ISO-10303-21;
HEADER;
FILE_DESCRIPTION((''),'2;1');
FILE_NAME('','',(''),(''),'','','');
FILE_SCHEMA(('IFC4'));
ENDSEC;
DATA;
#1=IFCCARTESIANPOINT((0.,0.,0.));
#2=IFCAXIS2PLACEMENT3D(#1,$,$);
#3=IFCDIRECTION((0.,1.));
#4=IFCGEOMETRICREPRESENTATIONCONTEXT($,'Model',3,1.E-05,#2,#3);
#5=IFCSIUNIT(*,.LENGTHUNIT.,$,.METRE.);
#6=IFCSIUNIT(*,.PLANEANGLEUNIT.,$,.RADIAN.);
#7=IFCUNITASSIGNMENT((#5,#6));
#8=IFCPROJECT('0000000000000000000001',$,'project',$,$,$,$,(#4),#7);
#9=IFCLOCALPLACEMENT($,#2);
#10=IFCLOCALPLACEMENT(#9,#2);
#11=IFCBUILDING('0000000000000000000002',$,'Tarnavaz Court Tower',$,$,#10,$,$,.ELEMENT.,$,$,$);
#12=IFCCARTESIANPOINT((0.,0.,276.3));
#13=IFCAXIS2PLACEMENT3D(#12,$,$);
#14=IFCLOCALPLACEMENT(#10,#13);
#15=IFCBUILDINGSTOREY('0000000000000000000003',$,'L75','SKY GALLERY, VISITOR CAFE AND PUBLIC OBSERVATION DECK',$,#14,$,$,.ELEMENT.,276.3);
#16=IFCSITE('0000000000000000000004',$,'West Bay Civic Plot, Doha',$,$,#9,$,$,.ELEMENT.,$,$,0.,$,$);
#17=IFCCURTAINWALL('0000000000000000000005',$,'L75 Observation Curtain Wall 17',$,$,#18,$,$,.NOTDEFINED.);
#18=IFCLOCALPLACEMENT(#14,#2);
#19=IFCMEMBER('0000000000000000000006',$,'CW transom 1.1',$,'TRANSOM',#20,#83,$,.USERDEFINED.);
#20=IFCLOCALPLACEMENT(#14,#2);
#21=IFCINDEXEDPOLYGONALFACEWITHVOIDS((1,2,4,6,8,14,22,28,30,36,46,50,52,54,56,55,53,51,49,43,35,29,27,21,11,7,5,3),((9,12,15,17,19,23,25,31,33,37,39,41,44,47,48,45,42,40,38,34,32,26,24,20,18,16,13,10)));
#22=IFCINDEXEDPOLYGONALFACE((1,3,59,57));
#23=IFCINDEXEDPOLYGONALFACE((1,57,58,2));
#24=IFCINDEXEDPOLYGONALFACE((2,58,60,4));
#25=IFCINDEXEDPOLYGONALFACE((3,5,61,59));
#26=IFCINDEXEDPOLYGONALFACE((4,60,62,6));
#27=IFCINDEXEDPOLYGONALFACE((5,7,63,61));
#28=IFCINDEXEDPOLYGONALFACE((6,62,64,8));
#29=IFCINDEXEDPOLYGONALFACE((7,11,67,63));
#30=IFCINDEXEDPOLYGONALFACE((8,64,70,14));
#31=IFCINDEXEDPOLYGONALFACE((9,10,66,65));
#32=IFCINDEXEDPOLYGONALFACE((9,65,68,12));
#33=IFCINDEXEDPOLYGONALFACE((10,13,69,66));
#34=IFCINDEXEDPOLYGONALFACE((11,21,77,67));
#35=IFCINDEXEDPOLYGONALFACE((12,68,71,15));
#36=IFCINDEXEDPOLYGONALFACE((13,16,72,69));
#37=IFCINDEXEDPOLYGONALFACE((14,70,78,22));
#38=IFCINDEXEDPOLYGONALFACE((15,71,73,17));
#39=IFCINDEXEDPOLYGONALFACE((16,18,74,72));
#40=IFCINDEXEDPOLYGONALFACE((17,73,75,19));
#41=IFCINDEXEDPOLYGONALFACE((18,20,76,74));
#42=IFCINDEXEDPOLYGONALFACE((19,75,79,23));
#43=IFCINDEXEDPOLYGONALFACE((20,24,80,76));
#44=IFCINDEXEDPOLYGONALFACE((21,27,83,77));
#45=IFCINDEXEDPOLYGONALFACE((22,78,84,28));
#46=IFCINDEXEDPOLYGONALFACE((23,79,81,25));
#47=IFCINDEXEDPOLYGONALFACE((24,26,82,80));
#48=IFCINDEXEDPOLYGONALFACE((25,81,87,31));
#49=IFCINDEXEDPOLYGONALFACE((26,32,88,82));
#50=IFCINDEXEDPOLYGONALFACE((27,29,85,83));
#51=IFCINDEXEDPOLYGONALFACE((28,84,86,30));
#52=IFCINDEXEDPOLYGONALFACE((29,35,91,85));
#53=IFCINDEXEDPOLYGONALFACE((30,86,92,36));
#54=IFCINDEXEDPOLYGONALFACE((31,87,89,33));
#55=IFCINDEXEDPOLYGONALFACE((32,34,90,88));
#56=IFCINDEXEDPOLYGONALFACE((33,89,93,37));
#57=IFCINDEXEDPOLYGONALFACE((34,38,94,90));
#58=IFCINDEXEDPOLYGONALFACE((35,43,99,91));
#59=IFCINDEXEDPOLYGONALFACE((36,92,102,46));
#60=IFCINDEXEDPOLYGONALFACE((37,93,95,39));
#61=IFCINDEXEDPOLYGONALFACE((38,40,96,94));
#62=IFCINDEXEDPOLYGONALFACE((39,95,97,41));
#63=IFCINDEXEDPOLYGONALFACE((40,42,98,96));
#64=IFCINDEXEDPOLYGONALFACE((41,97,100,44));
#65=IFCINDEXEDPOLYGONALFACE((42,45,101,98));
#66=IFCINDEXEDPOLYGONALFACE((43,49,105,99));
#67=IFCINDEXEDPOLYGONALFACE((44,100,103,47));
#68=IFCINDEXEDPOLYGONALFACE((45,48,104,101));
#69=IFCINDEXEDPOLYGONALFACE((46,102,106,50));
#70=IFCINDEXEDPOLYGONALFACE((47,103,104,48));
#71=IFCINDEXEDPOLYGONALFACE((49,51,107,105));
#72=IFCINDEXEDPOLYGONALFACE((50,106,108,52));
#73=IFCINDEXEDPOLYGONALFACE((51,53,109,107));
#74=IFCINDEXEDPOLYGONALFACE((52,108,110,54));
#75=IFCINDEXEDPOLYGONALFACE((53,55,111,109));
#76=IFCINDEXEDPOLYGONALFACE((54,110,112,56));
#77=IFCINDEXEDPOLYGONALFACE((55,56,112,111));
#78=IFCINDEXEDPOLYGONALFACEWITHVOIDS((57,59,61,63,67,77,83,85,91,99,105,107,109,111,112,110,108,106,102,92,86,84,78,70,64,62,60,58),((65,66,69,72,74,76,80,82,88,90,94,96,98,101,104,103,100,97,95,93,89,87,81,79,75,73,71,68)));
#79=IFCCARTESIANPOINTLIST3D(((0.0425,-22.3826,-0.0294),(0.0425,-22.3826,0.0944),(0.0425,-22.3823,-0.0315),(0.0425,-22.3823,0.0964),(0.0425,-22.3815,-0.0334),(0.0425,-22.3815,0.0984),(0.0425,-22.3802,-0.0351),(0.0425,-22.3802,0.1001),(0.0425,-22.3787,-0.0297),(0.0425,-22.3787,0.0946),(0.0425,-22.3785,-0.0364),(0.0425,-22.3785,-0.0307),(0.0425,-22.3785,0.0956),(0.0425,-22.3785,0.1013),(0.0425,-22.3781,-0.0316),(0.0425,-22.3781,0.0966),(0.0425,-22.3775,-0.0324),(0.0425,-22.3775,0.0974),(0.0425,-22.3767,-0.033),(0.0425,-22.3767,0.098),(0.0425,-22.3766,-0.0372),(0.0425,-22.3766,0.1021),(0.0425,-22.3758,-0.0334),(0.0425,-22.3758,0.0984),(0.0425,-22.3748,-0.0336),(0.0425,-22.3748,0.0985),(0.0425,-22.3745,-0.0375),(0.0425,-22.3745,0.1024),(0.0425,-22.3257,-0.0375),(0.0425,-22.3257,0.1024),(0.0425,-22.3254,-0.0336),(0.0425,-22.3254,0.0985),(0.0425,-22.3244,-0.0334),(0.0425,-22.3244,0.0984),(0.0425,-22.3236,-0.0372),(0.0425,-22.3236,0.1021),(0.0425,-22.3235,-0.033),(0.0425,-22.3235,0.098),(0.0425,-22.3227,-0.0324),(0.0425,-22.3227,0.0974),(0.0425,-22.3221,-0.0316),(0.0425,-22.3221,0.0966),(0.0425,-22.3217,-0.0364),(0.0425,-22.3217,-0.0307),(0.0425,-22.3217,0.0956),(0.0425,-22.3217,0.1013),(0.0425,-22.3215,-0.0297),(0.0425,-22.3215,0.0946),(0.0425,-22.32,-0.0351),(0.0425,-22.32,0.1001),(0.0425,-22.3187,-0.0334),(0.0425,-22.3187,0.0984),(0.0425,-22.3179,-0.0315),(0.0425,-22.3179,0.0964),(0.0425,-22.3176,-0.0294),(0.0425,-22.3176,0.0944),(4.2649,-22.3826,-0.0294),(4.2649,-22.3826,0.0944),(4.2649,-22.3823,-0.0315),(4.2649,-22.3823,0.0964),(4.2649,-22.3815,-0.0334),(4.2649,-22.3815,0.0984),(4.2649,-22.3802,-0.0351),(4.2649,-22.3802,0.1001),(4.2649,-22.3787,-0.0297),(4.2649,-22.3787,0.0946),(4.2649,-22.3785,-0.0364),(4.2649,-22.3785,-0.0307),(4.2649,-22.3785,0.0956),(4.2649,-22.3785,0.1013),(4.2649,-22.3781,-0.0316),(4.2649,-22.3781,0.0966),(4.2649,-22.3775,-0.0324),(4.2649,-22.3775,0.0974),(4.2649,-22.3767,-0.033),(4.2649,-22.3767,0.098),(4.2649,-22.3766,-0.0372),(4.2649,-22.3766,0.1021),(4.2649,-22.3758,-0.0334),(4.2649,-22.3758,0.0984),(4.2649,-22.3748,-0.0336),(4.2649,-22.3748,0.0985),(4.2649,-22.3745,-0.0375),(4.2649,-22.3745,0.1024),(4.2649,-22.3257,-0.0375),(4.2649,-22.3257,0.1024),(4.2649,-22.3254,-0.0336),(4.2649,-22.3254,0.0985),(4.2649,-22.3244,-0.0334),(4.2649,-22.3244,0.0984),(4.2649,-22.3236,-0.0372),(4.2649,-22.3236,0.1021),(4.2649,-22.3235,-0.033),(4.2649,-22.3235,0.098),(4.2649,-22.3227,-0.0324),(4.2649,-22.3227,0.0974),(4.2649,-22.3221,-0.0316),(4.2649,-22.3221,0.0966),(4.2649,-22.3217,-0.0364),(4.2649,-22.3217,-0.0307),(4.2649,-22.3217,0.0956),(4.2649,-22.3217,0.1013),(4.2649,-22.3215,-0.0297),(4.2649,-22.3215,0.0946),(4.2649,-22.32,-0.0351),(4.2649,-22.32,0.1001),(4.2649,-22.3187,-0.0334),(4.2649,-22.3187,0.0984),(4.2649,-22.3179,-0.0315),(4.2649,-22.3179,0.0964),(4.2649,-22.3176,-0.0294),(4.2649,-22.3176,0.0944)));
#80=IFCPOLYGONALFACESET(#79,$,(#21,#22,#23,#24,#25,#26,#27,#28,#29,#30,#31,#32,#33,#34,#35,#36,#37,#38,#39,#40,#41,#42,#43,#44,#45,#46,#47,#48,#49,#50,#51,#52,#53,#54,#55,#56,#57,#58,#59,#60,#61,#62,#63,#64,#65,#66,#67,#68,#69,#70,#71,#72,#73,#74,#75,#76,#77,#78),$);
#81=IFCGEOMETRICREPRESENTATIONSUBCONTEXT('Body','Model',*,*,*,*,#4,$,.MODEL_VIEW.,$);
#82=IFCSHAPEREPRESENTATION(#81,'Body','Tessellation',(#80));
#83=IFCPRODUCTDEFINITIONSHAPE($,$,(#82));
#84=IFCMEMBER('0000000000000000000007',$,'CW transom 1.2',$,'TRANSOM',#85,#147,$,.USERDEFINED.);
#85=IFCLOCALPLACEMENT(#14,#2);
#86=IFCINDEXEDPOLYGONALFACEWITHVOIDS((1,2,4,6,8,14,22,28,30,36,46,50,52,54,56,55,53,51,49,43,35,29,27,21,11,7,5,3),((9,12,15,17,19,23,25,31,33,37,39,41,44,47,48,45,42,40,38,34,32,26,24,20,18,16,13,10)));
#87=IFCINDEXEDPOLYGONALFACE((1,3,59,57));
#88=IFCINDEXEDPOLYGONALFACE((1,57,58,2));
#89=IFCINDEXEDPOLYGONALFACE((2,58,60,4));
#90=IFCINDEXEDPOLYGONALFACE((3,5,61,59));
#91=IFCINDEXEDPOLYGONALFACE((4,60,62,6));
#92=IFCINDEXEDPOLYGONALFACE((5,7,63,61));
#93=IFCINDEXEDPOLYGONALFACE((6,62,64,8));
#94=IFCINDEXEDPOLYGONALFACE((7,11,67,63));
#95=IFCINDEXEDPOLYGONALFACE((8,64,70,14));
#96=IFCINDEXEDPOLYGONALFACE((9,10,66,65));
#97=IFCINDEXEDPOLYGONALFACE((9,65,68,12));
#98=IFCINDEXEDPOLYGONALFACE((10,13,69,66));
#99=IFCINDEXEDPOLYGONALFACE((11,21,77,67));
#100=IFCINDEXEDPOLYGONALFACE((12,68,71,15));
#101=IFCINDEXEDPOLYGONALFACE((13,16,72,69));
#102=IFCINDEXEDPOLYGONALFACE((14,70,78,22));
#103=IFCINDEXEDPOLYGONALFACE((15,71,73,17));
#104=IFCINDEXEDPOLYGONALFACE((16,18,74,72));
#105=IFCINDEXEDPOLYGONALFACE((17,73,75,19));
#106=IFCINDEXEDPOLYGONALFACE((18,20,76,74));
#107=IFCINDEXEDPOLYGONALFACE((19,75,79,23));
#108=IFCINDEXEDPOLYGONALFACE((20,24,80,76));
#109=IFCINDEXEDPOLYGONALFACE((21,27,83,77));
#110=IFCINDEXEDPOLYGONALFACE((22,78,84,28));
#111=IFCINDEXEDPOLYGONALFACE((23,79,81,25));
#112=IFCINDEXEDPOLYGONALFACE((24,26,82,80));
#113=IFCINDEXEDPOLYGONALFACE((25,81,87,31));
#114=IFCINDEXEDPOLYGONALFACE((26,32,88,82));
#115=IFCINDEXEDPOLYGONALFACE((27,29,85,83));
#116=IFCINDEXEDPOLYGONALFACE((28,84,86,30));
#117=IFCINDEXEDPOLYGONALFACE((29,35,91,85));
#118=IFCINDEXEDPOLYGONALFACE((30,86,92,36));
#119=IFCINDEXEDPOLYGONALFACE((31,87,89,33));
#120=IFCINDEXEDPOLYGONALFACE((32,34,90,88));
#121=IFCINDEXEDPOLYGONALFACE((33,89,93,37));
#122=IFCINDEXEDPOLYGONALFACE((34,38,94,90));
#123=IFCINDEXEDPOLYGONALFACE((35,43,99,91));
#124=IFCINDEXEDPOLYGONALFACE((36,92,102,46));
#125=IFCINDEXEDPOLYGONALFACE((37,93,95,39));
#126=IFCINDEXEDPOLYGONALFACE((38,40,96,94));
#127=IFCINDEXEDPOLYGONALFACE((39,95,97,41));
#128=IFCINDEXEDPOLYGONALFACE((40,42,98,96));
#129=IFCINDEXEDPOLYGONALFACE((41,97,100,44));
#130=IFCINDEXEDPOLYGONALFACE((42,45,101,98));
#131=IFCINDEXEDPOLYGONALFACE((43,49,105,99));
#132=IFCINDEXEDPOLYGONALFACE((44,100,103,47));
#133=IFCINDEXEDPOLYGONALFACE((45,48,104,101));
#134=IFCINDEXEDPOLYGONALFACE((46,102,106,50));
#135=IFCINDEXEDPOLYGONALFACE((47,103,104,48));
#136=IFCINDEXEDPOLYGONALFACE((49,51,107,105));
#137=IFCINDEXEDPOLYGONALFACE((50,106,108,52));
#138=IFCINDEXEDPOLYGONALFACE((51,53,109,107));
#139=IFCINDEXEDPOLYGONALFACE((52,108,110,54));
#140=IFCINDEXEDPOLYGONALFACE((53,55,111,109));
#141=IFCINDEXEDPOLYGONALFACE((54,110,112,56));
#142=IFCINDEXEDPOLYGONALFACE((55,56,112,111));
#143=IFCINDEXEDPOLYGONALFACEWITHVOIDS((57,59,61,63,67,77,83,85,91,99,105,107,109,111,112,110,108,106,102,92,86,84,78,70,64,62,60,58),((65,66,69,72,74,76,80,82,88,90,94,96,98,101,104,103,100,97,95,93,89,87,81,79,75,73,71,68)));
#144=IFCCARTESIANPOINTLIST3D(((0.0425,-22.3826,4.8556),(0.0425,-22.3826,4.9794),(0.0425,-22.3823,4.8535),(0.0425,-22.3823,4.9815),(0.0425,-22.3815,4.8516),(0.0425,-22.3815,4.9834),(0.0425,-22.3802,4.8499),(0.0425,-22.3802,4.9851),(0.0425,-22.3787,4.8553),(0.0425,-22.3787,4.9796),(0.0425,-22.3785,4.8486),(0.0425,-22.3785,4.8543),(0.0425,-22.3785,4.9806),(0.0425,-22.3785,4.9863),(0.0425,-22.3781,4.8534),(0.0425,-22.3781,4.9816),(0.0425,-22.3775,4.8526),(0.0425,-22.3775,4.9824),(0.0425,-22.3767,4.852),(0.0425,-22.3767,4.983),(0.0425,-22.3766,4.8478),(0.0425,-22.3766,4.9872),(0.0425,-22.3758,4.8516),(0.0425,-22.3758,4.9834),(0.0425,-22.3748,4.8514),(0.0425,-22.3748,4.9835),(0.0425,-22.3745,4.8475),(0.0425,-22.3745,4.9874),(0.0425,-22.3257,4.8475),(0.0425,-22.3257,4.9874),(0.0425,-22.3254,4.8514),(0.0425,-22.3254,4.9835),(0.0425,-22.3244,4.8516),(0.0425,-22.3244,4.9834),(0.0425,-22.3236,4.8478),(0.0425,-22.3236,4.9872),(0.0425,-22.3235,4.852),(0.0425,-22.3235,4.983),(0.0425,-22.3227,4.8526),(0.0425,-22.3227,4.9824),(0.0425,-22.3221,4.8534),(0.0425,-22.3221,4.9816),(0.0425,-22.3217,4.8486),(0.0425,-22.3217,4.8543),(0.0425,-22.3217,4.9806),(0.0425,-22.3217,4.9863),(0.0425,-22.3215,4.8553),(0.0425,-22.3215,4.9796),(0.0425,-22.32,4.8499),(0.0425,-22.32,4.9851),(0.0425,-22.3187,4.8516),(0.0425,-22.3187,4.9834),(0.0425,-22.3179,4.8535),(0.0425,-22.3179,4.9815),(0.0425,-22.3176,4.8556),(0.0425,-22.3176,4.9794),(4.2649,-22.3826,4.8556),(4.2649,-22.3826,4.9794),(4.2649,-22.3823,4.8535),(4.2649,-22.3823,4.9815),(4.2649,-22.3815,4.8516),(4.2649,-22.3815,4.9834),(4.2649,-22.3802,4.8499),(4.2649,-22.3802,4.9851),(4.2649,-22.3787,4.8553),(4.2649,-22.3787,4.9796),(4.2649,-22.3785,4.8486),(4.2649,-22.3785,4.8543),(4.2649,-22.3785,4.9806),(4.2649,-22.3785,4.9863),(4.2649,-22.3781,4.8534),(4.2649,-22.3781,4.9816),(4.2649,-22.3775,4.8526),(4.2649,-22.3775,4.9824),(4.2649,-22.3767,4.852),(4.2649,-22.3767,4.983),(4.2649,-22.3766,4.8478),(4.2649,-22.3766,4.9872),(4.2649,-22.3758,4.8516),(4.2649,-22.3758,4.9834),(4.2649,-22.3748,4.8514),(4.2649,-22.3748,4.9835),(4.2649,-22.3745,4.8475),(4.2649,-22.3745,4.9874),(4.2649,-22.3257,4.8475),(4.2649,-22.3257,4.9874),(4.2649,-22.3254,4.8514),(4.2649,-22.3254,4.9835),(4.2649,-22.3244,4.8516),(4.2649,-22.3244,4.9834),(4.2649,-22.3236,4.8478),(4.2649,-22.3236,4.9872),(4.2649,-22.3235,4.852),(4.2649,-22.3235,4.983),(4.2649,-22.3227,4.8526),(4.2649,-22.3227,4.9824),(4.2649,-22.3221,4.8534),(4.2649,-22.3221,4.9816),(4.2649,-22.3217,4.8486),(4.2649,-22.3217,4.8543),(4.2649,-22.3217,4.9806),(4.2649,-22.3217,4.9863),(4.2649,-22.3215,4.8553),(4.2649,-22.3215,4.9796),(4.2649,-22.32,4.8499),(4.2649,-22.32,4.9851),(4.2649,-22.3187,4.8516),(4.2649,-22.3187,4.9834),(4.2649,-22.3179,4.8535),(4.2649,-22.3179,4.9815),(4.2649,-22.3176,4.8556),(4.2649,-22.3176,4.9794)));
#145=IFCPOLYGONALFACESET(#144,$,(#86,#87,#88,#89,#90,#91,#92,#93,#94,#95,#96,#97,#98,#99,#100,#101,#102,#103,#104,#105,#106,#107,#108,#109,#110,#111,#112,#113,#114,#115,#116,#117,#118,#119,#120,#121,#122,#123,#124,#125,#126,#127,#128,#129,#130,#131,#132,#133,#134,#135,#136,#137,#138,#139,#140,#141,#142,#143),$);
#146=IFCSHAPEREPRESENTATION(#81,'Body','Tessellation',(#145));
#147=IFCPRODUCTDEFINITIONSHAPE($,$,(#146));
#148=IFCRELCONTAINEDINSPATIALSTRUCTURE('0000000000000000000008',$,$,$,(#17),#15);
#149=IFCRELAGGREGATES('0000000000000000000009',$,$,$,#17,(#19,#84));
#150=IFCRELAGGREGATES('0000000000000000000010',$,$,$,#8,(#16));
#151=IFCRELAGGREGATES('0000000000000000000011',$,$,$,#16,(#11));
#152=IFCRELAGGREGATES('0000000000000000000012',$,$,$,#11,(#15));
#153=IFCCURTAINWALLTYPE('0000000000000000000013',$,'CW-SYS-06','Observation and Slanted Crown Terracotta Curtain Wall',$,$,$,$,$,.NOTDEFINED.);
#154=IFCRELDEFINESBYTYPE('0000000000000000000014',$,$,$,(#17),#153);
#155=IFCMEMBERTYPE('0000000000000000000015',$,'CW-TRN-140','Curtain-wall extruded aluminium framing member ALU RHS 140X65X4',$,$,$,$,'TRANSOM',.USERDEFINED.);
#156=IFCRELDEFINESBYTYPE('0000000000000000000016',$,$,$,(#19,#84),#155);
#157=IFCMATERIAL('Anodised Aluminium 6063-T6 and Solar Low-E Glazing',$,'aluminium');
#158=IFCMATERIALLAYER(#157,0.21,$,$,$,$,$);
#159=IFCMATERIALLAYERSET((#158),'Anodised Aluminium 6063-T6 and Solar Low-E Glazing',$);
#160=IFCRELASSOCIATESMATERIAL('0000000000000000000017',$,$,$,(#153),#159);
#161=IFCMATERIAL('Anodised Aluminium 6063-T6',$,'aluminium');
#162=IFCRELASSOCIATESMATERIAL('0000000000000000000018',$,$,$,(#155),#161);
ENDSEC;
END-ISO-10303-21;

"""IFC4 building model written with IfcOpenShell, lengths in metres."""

from ifc_helpers import new_model, si_unit, direction, frame, origin, origin_2d, place, context, subcontext, project, spatial, hollow_rectangle, extrude, material, layer, layer_set, material_profile, profile_set, type_object, element, aggregate, save


model = new_model("IFC4")

# Units and contexts
model_context = context("Model", 3, precision=1e-05, world=origin(), true_north=direction((0.0, 1.0)))
body_context = subcontext(model_context, "Body", "Model", "MODEL_VIEW")
ifc_project = project(units=[si_unit("LENGTHUNIT", "METRE"), si_unit("PLANEANGLEUNIT", "RADIAN")], contexts=[model_context])

# Site, building, storey
site_placement = place(None, origin())
site = spatial("IfcSite", under=ifc_project, at=site_placement, Name="West Bay Civic Plot, Doha", CompositionType="ELEMENT", RefElevation=0.0)
building_placement = place(site_placement, origin())
building = spatial("IfcBuilding", under=site, at=building_placement, Name="Tarnavaz Court Tower", CompositionType="ELEMENT")
storey_placement = place(building_placement, frame((0.0, 0.0, 276.3)))
storey = spatial("IfcBuildingStorey", under=building, at=storey_placement, Name="L75", Description="SKY GALLERY, VISITOR CAFE AND PUBLIC OBSERVATION DECK", CompositionType="ELEMENT", Elevation=276.3)

# Curtain wall, members
ifc_material_1 = material(Name="Anodised Aluminium 6063-T6 and Solar Low-E Glazing", Category="aluminium")
ifc_layer_1 = layer(ifc_material_1, 0.21)
ifc_layer_set_1 = layer_set([ifc_layer_1], Name="Anodised Aluminium 6063-T6 and Solar Low-E Glazing")
curtain_wall_type = type_object("IfcCurtainWallType", Name="CW-SYS-06", Description="Observation and Slanted Crown Terracotta Curtain Wall", PredefinedType="NOTDEFINED", material=ifc_layer_set_1)
curtain_wall_placement = place(storey_placement, origin())
curtain_wall = element("IfcCurtainWall", 1, at=curtain_wall_placement, inside=storey, type_object=curtain_wall_type, Name="L75 Observation Curtain Wall 17", PredefinedType="NOTDEFINED")
ifc_material_2 = material(Name="Anodised Aluminium 6063-T6", Category="aluminium")
ifc_material_profile_1 = material_profile(ifc_material_2, hollow_rectangle(XDim=0.0649, YDim=0.1399, WallThickness=0.0039, InnerFilletRadius=0.0039, OuterFilletRadius=0.0081, at=origin_2d()), Name="ALU RHS 140X65X4")
ifc_profile_set_1 = profile_set([ifc_material_profile_1], Name="Anodised Aluminium 6063-T6")
member_type_1 = type_object("IfcMemberType", Name="CW-TRN-140", Description="Curtain-wall extruded aluminium framing member ALU RHS 140X65X4", ElementType="TRANSOM", PredefinedType="USERDEFINED", material=ifc_profile_set_1)
member_1_placement = place(storey_placement, frame((4.2649, -22.3501, 0.0325), z_axis=(-1.0, 0.0, 0.0), x_axis=(0.0, -1.0, 0.0)))
member_1 = element("IfcMember", 2, at=member_1_placement, type_object=member_type_1, Name="CW transom 1.1", ObjectType="TRANSOM", PredefinedType="USERDEFINED", context=body_context, shape_type="SweptSolid", body=[
    extrude(hollow_rectangle(XDim=0.0649, YDim=0.1399, WallThickness=0.0039, InnerFilletRadius=0.0039, OuterFilletRadius=0.0081, at=origin_2d()), origin(), (0.0, 0.0, 1.0), 4.2224),
])
member_2_placement = place(storey_placement, frame((4.2649, -22.3501, 4.9175), z_axis=(-1.0, 0.0, 0.0), x_axis=(0.0, -1.0, 0.0)))
member_2 = element("IfcMember", 3, at=member_2_placement, type_object=member_type_1, Name="CW transom 1.2", ObjectType="TRANSOM", PredefinedType="USERDEFINED", context=body_context, shape_type="SweptSolid", body=[
    extrude(hollow_rectangle(XDim=0.0649, YDim=0.1399, WallThickness=0.0039, InnerFilletRadius=0.0039, OuterFilletRadius=0.0081, at=origin_2d()), origin(), (0.0, 0.0, 1.0), 4.2224),
])
aggregate(curtain_wall, [member_1, member_2])

save(model, "model.ifc")
